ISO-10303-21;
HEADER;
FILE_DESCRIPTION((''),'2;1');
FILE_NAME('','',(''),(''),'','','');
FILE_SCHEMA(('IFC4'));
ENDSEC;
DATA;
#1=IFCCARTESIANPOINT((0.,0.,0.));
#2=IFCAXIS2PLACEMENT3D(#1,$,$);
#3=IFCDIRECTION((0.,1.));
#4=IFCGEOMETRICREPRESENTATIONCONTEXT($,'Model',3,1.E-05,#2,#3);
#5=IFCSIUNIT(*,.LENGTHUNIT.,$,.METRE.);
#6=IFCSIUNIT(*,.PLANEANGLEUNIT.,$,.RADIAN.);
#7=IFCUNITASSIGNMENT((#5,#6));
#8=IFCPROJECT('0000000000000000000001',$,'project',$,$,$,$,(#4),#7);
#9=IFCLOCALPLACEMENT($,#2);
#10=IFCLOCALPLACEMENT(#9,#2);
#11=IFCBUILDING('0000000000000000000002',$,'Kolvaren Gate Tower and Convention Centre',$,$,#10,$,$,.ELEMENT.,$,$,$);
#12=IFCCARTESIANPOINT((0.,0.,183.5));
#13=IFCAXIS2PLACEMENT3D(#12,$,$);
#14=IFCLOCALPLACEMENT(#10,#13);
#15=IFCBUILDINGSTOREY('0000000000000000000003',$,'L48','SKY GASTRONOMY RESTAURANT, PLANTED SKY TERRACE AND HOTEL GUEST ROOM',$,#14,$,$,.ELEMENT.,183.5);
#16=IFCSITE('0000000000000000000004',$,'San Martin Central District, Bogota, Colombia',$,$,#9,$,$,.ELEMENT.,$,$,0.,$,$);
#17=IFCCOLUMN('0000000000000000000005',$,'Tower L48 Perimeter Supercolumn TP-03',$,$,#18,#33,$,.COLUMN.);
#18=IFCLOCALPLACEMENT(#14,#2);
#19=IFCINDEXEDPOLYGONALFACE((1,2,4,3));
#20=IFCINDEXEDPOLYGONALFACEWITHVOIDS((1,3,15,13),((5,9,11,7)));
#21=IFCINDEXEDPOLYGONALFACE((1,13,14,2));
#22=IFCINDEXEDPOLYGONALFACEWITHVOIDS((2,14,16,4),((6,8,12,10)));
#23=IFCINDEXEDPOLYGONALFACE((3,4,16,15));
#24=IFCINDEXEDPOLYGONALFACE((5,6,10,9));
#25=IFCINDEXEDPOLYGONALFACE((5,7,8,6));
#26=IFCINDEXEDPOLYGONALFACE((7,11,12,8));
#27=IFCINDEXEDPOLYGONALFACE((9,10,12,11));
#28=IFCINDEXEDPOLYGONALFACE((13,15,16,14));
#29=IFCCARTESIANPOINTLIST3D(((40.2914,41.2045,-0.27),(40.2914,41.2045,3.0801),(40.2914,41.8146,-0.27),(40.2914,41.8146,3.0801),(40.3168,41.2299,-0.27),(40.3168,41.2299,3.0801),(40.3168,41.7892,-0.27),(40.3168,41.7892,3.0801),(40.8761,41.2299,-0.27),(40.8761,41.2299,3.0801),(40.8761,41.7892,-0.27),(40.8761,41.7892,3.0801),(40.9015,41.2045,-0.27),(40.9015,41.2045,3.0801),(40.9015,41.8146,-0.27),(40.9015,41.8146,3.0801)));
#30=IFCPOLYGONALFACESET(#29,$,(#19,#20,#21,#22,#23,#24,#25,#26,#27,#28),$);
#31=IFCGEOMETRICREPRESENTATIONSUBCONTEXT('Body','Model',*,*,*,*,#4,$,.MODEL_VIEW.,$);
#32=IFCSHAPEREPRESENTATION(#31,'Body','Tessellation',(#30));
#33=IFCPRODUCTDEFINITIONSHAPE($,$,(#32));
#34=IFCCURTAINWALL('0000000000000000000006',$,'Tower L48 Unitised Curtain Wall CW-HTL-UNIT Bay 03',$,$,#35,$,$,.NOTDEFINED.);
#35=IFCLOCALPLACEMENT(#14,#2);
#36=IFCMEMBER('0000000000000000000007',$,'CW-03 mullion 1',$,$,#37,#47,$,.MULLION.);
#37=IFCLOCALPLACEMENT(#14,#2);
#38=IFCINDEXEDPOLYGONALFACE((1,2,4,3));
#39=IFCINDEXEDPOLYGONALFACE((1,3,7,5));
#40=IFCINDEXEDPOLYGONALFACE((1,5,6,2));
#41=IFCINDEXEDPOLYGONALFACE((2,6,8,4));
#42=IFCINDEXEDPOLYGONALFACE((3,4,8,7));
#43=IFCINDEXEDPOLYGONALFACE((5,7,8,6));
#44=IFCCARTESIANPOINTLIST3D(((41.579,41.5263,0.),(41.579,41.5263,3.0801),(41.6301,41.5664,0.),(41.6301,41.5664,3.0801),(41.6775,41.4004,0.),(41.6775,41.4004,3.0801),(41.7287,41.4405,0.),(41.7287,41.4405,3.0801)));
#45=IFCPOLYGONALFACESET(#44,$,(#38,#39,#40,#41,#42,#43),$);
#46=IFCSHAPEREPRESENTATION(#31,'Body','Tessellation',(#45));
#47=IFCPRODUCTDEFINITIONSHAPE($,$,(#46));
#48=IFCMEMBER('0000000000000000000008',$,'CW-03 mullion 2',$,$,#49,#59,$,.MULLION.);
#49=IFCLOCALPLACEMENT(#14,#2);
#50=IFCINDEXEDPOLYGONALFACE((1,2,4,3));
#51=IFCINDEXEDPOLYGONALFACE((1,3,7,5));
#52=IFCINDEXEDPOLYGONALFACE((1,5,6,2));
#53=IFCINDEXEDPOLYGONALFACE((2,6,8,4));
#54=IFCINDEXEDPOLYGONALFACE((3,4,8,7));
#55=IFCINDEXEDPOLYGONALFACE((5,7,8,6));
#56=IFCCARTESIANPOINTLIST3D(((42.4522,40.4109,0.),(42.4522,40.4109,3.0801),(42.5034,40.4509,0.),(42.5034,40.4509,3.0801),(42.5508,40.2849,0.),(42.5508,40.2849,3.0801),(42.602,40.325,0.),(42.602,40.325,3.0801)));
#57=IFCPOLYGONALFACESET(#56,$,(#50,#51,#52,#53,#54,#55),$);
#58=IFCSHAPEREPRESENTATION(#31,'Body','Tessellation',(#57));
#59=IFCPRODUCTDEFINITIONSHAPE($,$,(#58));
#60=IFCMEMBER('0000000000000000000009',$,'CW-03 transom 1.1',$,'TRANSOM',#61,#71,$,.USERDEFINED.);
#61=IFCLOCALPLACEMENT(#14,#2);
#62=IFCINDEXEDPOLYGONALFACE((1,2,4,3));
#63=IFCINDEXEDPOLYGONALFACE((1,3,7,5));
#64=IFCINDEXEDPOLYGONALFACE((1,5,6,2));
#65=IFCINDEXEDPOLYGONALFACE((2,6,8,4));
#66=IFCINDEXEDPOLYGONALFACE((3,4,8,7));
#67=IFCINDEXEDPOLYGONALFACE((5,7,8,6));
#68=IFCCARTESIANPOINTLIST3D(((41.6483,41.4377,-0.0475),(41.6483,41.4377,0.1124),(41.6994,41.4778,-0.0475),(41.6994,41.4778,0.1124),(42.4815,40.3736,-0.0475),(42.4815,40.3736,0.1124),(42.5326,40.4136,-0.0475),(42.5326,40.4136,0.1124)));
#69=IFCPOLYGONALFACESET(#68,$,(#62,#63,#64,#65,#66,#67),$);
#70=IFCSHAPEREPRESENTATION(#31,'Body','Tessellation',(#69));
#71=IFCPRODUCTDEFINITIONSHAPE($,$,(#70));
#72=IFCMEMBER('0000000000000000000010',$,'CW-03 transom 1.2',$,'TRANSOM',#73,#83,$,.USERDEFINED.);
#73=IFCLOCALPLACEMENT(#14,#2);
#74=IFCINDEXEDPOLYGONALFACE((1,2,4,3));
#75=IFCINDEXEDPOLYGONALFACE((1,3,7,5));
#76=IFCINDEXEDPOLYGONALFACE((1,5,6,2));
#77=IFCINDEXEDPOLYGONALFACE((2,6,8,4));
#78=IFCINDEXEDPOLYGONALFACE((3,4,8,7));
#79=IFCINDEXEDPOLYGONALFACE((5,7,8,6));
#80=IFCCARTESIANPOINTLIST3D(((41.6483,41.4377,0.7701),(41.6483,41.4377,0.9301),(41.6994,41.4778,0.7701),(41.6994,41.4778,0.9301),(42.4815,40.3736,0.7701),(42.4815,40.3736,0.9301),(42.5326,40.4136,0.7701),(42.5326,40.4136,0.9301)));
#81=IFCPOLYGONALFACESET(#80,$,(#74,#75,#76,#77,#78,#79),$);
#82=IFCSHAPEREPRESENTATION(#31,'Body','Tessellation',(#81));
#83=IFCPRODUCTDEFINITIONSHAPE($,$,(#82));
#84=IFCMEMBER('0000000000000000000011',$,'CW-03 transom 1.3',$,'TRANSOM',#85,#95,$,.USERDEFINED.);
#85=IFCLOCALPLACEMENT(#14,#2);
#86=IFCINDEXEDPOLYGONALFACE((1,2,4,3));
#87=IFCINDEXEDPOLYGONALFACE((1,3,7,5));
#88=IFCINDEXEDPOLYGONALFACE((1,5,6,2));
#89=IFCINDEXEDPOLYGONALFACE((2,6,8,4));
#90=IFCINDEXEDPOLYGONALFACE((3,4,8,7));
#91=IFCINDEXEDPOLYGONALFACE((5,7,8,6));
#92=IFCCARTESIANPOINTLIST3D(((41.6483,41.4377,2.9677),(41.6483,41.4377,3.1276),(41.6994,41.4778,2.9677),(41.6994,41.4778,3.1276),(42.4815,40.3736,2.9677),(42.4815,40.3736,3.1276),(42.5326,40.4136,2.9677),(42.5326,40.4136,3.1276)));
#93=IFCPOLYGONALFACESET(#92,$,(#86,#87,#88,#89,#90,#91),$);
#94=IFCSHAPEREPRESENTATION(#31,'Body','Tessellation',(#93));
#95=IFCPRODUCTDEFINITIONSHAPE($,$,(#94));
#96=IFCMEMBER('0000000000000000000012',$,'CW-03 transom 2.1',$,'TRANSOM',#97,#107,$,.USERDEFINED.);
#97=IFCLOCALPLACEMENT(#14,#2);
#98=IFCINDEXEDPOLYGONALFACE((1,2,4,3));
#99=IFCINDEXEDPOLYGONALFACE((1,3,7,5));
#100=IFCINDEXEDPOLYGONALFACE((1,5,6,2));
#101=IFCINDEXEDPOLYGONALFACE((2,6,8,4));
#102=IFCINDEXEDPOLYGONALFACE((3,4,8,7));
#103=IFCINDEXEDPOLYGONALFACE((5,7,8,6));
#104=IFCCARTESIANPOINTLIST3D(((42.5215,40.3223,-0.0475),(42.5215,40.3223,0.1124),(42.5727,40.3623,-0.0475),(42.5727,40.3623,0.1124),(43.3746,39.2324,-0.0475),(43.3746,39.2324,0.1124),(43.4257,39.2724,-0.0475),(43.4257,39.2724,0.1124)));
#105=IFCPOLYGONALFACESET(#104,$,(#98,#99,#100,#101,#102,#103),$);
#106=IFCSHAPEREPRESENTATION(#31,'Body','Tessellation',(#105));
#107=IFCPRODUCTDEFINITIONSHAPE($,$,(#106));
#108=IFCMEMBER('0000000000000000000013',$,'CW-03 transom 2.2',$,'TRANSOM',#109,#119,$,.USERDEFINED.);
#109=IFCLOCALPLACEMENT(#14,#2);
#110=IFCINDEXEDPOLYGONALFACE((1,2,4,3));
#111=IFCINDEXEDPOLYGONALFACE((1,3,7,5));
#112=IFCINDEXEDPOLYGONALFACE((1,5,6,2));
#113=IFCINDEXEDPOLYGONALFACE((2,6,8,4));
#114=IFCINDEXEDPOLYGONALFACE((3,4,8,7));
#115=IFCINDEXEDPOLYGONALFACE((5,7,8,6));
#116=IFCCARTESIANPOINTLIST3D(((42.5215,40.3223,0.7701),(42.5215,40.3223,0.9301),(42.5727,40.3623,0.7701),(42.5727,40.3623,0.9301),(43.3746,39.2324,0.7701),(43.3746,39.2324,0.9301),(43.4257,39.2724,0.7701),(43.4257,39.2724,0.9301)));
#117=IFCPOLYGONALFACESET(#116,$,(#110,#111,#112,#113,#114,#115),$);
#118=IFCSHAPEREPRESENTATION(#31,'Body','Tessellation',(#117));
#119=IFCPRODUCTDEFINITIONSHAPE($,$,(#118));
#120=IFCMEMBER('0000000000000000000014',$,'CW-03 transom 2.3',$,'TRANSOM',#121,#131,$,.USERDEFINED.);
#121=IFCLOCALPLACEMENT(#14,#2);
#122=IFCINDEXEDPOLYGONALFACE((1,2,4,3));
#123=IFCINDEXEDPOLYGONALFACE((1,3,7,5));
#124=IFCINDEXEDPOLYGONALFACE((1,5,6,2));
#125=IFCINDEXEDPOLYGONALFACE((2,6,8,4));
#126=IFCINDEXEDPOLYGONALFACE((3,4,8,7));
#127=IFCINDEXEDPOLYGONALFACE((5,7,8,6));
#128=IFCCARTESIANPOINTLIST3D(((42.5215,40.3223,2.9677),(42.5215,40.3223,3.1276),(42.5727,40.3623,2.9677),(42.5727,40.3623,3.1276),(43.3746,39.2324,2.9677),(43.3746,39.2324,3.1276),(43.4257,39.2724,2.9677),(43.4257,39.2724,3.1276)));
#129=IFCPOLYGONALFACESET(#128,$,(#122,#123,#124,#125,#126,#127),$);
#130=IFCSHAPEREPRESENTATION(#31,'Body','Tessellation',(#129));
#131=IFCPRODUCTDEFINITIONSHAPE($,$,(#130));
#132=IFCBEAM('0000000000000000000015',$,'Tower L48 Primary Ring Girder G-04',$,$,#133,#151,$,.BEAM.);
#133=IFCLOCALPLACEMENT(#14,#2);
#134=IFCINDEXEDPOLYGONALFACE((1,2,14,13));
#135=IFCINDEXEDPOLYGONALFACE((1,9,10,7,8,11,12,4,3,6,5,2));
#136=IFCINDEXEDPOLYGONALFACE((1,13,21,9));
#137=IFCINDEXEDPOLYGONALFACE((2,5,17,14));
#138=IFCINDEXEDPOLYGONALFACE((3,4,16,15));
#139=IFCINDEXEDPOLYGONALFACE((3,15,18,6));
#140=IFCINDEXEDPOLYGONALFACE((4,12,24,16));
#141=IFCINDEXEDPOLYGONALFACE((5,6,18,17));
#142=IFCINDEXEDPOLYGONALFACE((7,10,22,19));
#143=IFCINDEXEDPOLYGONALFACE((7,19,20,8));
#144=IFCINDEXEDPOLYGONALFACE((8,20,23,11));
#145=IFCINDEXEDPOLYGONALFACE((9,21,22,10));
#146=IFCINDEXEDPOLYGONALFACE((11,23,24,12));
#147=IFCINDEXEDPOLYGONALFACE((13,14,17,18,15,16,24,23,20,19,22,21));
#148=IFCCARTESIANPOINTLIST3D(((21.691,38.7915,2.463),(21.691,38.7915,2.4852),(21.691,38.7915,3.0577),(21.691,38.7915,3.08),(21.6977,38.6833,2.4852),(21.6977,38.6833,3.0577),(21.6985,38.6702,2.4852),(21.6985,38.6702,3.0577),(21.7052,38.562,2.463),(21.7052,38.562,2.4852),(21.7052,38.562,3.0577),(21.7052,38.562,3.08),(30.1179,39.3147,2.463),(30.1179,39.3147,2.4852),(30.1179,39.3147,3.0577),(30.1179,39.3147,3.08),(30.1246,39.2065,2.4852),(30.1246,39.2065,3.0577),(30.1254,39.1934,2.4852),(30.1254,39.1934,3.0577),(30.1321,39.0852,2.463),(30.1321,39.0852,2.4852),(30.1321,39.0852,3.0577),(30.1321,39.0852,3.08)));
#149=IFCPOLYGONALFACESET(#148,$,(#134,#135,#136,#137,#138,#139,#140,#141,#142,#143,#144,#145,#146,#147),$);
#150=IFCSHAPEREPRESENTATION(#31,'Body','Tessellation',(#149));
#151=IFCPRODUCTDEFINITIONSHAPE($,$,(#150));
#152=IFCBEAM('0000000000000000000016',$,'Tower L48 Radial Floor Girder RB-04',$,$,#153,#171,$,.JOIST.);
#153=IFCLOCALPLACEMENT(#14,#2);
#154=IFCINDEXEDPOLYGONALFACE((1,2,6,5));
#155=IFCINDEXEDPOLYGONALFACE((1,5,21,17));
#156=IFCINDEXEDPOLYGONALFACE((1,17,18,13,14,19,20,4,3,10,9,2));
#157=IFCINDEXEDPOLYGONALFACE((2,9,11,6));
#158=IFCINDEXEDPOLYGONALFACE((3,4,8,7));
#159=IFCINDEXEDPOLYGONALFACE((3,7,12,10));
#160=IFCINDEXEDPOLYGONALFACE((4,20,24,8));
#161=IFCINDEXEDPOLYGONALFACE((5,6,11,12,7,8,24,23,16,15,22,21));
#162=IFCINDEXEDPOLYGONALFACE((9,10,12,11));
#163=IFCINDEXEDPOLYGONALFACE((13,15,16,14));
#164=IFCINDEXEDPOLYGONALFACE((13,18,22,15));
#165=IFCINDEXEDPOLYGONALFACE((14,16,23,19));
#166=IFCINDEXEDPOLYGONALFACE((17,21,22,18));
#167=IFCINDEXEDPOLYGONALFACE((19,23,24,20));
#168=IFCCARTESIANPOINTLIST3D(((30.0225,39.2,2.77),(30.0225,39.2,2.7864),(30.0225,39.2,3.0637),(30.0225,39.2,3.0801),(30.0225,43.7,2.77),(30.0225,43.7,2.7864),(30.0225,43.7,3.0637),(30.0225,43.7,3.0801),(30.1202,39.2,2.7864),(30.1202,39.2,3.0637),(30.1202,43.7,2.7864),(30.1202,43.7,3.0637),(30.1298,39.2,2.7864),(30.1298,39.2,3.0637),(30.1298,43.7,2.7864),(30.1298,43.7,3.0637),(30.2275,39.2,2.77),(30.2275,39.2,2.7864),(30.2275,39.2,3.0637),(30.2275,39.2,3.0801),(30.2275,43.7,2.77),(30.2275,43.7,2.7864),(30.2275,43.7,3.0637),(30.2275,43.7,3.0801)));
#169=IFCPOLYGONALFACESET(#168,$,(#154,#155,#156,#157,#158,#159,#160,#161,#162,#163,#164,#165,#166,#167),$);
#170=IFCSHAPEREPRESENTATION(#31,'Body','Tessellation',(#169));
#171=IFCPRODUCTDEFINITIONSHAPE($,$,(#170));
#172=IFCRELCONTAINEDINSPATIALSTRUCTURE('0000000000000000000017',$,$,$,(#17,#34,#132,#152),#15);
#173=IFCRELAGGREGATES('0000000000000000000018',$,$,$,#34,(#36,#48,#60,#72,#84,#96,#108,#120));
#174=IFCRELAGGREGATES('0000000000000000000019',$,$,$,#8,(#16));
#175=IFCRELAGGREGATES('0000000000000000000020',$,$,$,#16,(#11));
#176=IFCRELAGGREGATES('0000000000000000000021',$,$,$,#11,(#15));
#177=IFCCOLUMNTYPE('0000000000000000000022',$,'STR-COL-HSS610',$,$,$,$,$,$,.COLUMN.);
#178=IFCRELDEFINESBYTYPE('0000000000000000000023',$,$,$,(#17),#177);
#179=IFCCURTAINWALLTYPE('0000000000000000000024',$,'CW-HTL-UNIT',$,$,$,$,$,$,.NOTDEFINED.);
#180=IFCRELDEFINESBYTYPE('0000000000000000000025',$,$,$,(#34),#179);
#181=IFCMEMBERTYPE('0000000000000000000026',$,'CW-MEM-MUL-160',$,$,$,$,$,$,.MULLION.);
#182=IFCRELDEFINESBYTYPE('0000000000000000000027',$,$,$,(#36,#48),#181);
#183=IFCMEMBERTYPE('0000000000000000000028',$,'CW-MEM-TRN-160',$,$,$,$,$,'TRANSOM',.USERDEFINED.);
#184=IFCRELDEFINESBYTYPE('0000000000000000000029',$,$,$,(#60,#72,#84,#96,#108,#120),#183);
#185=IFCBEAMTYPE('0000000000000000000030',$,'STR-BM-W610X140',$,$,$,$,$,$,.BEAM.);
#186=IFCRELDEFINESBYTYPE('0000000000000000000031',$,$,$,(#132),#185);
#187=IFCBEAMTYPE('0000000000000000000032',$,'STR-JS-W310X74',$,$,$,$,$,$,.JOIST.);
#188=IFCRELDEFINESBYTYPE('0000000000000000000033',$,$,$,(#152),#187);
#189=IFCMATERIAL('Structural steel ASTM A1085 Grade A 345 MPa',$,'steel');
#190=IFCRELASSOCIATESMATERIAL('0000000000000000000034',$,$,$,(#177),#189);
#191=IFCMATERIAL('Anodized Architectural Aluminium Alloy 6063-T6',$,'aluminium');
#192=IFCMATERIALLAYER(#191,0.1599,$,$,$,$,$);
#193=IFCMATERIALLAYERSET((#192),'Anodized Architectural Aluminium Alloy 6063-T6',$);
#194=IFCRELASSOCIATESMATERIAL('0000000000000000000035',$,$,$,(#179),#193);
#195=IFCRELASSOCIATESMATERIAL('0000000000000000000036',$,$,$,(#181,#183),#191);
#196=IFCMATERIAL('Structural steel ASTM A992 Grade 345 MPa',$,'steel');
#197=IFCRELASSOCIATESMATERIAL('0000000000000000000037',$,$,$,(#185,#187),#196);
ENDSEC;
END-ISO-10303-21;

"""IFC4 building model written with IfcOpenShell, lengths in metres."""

from ifc_helpers import new_model, si_unit, direction, frame, origin, origin_2d, place, context, subcontext, project, spatial, rectangle, hollow_rectangle, i_section, extrude, material, layer, layer_set, material_profile, profile_set, type_object, element, aggregate, save


model = new_model("IFC4")

# Units and contexts
model_context = context("Model", 3, precision=1e-05, world=origin(), true_north=direction((0.0, 1.0)))
body_context = subcontext(model_context, "Body", "Model", "MODEL_VIEW")
ifc_project = project(units=[si_unit("LENGTHUNIT", "METRE"), si_unit("PLANEANGLEUNIT", "RADIAN")], contexts=[model_context])

# Site, building, storey
site_placement = place(None, origin())
site = spatial("IfcSite", under=ifc_project, at=site_placement, Name="San Martin Central District, Bogota, Colombia", CompositionType="ELEMENT", RefElevation=0.0)
building_placement = place(site_placement, origin())
building = spatial("IfcBuilding", under=site, at=building_placement, Name="Kolvaren Gate Tower and Convention Centre", CompositionType="ELEMENT")
storey_placement = place(building_placement, frame((0.0, 0.0, 183.5)))
storey = spatial("IfcBuildingStorey", under=building, at=storey_placement, Name="L48", Description="SKY GASTRONOMY RESTAURANT, PLANTED SKY TERRACE AND HOTEL GUEST ROOM", CompositionType="ELEMENT", Elevation=183.5)

# Column
ifc_material_1 = material(Name="Structural steel ASTM A1085 Grade A 345 MPa", Category="steel")
ifc_material_profile_1 = material_profile(ifc_material_1, hollow_rectangle(XDim=0.6101, YDim=0.6101, WallThickness=0.0254, at=origin_2d()), Name="HSS610X610X25.4")
ifc_profile_set_1 = profile_set([ifc_material_profile_1], Name="Structural steel ASTM A1085 Grade A 345 MPa")
column_type = type_object("IfcColumnType", Name="STR-COL-HSS610", PredefinedType="COLUMN", material=ifc_profile_set_1)
column_placement = place(storey_placement, frame((40.5964, 41.5095, -0.27), z_axis=(0.0, 0.0, 1.0), x_axis=(1.0, 0.0, 0.0)))
element("IfcColumn", 1, at=column_placement, inside=storey, type_object=column_type, Name="Tower L48 Perimeter Supercolumn TP-03", PredefinedType="COLUMN", context=body_context, shape_type="SweptSolid", body=[
    extrude(hollow_rectangle(XDim=0.6101, YDim=0.6101, WallThickness=0.0254, at=origin_2d()), origin(), (0.0, 0.0, 1.0), 3.3501),
])

# Curtain wall, members
ifc_material_2 = material(Name="Anodized Architectural Aluminium Alloy 6063-T6", Category="aluminium")
ifc_layer_1 = layer(ifc_material_2, 0.1599)
ifc_layer_set_1 = layer_set([ifc_layer_1], Name="Anodized Architectural Aluminium Alloy 6063-T6")
curtain_wall_type = type_object("IfcCurtainWallType", Name="CW-HTL-UNIT", PredefinedType="NOTDEFINED", material=ifc_layer_set_1)
curtain_wall_placement = place(storey_placement, origin())
curtain_wall = element("IfcCurtainWall", 2, at=curtain_wall_placement, inside=storey, type_object=curtain_wall_type, Name="Tower L48 Unitised Curtain Wall CW-HTL-UNIT Bay 03", PredefinedType="NOTDEFINED")
ifc_material_profile_2 = material_profile(ifc_material_2, rectangle(XDim=0.0649, YDim=0.1599, at=origin_2d()), Name="CW-MEM-MUL-160")
ifc_profile_set_2 = profile_set([ifc_material_profile_2], Name="Anodized Architectural Aluminium Alloy 6063-T6")
member_type_1 = type_object("IfcMemberType", Name="CW-MEM-MUL-160", PredefinedType="MULLION", material=ifc_profile_set_2)
member_1_placement = place(storey_placement, frame((41.6538, 41.4834, 0.0), z_axis=(0.0, 0.0, 1.0), x_axis=(0.787404, 0.616438, 0.0)))
member_1 = element("IfcMember", 3, at=member_1_placement, type_object=member_type_1, Name="CW-03 mullion 1", PredefinedType="MULLION", context=body_context, shape_type="SweptSolid", body=[
    extrude(rectangle(XDim=0.0649, YDim=0.1599, at=origin_2d()), origin(), (0.0, 0.0, 1.0), 3.0801),
])
member_2_placement = place(storey_placement, frame((42.5271, 40.3679, 0.0), z_axis=(0.0, 0.0, 1.0), x_axis=(0.787404, 0.616438, 0.0)))
member_2 = element("IfcMember", 4, at=member_2_placement, type_object=member_type_1, Name="CW-03 mullion 2", PredefinedType="MULLION", context=body_context, shape_type="SweptSolid", body=[
    extrude(rectangle(XDim=0.0649, YDim=0.1599, at=origin_2d()), origin(), (0.0, 0.0, 1.0), 3.0801),
])
ifc_material_profile_3 = material_profile(ifc_material_2, rectangle(XDim=0.0649, YDim=0.1599, at=origin_2d()), Name="CW-MEM-TRN-160")
ifc_profile_set_3 = profile_set([ifc_material_profile_3], Name="Anodized Architectural Aluminium Alloy 6063-T6")
member_type_2 = type_object("IfcMemberType", Name="CW-MEM-TRN-160", ElementType="TRANSOM", PredefinedType="USERDEFINED", material=ifc_profile_set_3)
member_3_placement = place(storey_placement, frame((41.6738, 41.4578, 0.0325), z_axis=(0.616488, -0.787364, 0.0), x_axis=(0.787364, 0.616488, 0.0)))
member_3 = element("IfcMember", 5, at=member_3_placement, type_object=member_type_2, Name="CW-03 transom 1.1", ObjectType="TRANSOM", PredefinedType="USERDEFINED", context=body_context, shape_type="SweptSolid", body=[
    extrude(rectangle(XDim=0.0649, YDim=0.1599, at=origin_2d()), origin(), (0.0, 0.0, 1.0), 1.3516),
])
member_4_placement = place(storey_placement, frame((41.6738, 41.4578, 0.8501), z_axis=(0.616488, -0.787364, 0.0), x_axis=(0.787364, 0.616488, 0.0)))
member_4 = element("IfcMember", 6, at=member_4_placement, type_object=member_type_2, Name="CW-03 transom 1.2", ObjectType="TRANSOM", PredefinedType="USERDEFINED", context=body_context, shape_type="SweptSolid", body=[
    extrude(rectangle(XDim=0.0649, YDim=0.1599, at=origin_2d()), origin(), (0.0, 0.0, 1.0), 1.3516),
])
member_5_placement = place(storey_placement, frame((41.6738, 41.4578, 3.0476), z_axis=(0.616488, -0.787364, 0.0), x_axis=(0.787364, 0.616488, 0.0)))
member_5 = element("IfcMember", 7, at=member_5_placement, type_object=member_type_2, Name="CW-03 transom 1.3", ObjectType="TRANSOM", PredefinedType="USERDEFINED", context=body_context, shape_type="SweptSolid", body=[
    extrude(rectangle(XDim=0.0649, YDim=0.1599, at=origin_2d()), origin(), (0.0, 0.0, 1.0), 1.3516),
])
member_6_placement = place(storey_placement, frame((42.5471, 40.3423, 0.0325), z_axis=(0.616356, -0.787468, 0.0), x_axis=(0.787468, 0.616356, 0.0)))
member_6 = element("IfcMember", 8, at=member_6_placement, type_object=member_type_2, Name="CW-03 transom 2.1", ObjectType="TRANSOM", PredefinedType="USERDEFINED", context=body_context, shape_type="SweptSolid", body=[
    extrude(rectangle(XDim=0.0649, YDim=0.1599, at=origin_2d()), origin(), (0.0, 0.0, 1.0), 1.384),
])
member_7_placement = place(storey_placement, frame((42.5471, 40.3423, 0.8501), z_axis=(0.616356, -0.787468, 0.0), x_axis=(0.787468, 0.616356, 0.0)))
member_7 = element("IfcMember", 9, at=member_7_placement, type_object=member_type_2, Name="CW-03 transom 2.2", ObjectType="TRANSOM", PredefinedType="USERDEFINED", context=body_context, shape_type="SweptSolid", body=[
    extrude(rectangle(XDim=0.0649, YDim=0.1599, at=origin_2d()), origin(), (0.0, 0.0, 1.0), 1.384),
])
member_8_placement = place(storey_placement, frame((42.5471, 40.3423, 3.0476), z_axis=(0.616356, -0.787468, 0.0), x_axis=(0.787468, 0.616356, 0.0)))
member_8 = element("IfcMember", 10, at=member_8_placement, type_object=member_type_2, Name="CW-03 transom 2.3", ObjectType="TRANSOM", PredefinedType="USERDEFINED", context=body_context, shape_type="SweptSolid", body=[
    extrude(rectangle(XDim=0.0649, YDim=0.1599, at=origin_2d()), origin(), (0.0, 0.0, 1.0), 1.384),
])

# Beams
ifc_material_3 = material(Name="Structural steel ASTM A992 Grade 345 MPa", Category="steel")
ifc_material_profile_4 = material_profile(ifc_material_3, i_section(OverallWidth=0.23, OverallDepth=0.6169, WebThickness=0.0132, FlangeThickness=0.0222, at=origin_2d()), Name="W610X140")
ifc_profile_set_4 = profile_set([ifc_material_profile_4], Name="Structural steel ASTM A992 Grade 345 MPa")
beam_type_1 = type_object("IfcBeamType", Name="STR-BM-W610X140", PredefinedType="BEAM", material=ifc_profile_set_4)
beam_1_placement = place(storey_placement, frame((30.125, 39.2, 2.7715), z_axis=(-0.998078, -0.061966, 0.0), x_axis=(0.061966, -0.998078, 0.0)))
element("IfcBeam", 11, at=beam_1_placement, inside=storey, type_object=beam_type_1, Name="Tower L48 Primary Ring Girder G-04", PredefinedType="BEAM", context=body_context, shape_type="SweptSolid", body=[
    extrude(i_section(OverallWidth=0.23, OverallDepth=0.6169, WebThickness=0.0132, FlangeThickness=0.0222, at=origin_2d()), origin(), (0.0, 0.0, 1.0), 8.4431),
])
ifc_material_profile_5 = material_profile(ifc_material_3, i_section(OverallWidth=0.2051, OverallDepth=0.3101, WebThickness=0.0095, FlangeThickness=0.0164, at=origin_2d()), Name="W310X74")
ifc_profile_set_5 = profile_set([ifc_material_profile_5], Name="Structural steel ASTM A992 Grade 345 MPa")
beam_type_2 = type_object("IfcBeamType", Name="STR-JS-W310X74", PredefinedType="JOIST", material=ifc_profile_set_5)
beam_2_placement = place(storey_placement, frame((30.125, 39.2, 2.925), z_axis=(0.0, 1.0, 0.0), x_axis=(-1.0, 0.0, 0.0)))
element("IfcBeam", 12, at=beam_2_placement, inside=storey, type_object=beam_type_2, Name="Tower L48 Radial Floor Girder RB-04", PredefinedType="JOIST", context=body_context, shape_type="SweptSolid", body=[
    extrude(i_section(OverallWidth=0.2051, OverallDepth=0.3101, WebThickness=0.0095, FlangeThickness=0.0164, at=origin_2d()), origin(), (0.0, 0.0, 1.0), 4.5),
])

aggregate(curtain_wall, [member_1, member_2, member_3, member_4, member_5, member_6, member_7, member_8])

save(model, "model.ifc")
